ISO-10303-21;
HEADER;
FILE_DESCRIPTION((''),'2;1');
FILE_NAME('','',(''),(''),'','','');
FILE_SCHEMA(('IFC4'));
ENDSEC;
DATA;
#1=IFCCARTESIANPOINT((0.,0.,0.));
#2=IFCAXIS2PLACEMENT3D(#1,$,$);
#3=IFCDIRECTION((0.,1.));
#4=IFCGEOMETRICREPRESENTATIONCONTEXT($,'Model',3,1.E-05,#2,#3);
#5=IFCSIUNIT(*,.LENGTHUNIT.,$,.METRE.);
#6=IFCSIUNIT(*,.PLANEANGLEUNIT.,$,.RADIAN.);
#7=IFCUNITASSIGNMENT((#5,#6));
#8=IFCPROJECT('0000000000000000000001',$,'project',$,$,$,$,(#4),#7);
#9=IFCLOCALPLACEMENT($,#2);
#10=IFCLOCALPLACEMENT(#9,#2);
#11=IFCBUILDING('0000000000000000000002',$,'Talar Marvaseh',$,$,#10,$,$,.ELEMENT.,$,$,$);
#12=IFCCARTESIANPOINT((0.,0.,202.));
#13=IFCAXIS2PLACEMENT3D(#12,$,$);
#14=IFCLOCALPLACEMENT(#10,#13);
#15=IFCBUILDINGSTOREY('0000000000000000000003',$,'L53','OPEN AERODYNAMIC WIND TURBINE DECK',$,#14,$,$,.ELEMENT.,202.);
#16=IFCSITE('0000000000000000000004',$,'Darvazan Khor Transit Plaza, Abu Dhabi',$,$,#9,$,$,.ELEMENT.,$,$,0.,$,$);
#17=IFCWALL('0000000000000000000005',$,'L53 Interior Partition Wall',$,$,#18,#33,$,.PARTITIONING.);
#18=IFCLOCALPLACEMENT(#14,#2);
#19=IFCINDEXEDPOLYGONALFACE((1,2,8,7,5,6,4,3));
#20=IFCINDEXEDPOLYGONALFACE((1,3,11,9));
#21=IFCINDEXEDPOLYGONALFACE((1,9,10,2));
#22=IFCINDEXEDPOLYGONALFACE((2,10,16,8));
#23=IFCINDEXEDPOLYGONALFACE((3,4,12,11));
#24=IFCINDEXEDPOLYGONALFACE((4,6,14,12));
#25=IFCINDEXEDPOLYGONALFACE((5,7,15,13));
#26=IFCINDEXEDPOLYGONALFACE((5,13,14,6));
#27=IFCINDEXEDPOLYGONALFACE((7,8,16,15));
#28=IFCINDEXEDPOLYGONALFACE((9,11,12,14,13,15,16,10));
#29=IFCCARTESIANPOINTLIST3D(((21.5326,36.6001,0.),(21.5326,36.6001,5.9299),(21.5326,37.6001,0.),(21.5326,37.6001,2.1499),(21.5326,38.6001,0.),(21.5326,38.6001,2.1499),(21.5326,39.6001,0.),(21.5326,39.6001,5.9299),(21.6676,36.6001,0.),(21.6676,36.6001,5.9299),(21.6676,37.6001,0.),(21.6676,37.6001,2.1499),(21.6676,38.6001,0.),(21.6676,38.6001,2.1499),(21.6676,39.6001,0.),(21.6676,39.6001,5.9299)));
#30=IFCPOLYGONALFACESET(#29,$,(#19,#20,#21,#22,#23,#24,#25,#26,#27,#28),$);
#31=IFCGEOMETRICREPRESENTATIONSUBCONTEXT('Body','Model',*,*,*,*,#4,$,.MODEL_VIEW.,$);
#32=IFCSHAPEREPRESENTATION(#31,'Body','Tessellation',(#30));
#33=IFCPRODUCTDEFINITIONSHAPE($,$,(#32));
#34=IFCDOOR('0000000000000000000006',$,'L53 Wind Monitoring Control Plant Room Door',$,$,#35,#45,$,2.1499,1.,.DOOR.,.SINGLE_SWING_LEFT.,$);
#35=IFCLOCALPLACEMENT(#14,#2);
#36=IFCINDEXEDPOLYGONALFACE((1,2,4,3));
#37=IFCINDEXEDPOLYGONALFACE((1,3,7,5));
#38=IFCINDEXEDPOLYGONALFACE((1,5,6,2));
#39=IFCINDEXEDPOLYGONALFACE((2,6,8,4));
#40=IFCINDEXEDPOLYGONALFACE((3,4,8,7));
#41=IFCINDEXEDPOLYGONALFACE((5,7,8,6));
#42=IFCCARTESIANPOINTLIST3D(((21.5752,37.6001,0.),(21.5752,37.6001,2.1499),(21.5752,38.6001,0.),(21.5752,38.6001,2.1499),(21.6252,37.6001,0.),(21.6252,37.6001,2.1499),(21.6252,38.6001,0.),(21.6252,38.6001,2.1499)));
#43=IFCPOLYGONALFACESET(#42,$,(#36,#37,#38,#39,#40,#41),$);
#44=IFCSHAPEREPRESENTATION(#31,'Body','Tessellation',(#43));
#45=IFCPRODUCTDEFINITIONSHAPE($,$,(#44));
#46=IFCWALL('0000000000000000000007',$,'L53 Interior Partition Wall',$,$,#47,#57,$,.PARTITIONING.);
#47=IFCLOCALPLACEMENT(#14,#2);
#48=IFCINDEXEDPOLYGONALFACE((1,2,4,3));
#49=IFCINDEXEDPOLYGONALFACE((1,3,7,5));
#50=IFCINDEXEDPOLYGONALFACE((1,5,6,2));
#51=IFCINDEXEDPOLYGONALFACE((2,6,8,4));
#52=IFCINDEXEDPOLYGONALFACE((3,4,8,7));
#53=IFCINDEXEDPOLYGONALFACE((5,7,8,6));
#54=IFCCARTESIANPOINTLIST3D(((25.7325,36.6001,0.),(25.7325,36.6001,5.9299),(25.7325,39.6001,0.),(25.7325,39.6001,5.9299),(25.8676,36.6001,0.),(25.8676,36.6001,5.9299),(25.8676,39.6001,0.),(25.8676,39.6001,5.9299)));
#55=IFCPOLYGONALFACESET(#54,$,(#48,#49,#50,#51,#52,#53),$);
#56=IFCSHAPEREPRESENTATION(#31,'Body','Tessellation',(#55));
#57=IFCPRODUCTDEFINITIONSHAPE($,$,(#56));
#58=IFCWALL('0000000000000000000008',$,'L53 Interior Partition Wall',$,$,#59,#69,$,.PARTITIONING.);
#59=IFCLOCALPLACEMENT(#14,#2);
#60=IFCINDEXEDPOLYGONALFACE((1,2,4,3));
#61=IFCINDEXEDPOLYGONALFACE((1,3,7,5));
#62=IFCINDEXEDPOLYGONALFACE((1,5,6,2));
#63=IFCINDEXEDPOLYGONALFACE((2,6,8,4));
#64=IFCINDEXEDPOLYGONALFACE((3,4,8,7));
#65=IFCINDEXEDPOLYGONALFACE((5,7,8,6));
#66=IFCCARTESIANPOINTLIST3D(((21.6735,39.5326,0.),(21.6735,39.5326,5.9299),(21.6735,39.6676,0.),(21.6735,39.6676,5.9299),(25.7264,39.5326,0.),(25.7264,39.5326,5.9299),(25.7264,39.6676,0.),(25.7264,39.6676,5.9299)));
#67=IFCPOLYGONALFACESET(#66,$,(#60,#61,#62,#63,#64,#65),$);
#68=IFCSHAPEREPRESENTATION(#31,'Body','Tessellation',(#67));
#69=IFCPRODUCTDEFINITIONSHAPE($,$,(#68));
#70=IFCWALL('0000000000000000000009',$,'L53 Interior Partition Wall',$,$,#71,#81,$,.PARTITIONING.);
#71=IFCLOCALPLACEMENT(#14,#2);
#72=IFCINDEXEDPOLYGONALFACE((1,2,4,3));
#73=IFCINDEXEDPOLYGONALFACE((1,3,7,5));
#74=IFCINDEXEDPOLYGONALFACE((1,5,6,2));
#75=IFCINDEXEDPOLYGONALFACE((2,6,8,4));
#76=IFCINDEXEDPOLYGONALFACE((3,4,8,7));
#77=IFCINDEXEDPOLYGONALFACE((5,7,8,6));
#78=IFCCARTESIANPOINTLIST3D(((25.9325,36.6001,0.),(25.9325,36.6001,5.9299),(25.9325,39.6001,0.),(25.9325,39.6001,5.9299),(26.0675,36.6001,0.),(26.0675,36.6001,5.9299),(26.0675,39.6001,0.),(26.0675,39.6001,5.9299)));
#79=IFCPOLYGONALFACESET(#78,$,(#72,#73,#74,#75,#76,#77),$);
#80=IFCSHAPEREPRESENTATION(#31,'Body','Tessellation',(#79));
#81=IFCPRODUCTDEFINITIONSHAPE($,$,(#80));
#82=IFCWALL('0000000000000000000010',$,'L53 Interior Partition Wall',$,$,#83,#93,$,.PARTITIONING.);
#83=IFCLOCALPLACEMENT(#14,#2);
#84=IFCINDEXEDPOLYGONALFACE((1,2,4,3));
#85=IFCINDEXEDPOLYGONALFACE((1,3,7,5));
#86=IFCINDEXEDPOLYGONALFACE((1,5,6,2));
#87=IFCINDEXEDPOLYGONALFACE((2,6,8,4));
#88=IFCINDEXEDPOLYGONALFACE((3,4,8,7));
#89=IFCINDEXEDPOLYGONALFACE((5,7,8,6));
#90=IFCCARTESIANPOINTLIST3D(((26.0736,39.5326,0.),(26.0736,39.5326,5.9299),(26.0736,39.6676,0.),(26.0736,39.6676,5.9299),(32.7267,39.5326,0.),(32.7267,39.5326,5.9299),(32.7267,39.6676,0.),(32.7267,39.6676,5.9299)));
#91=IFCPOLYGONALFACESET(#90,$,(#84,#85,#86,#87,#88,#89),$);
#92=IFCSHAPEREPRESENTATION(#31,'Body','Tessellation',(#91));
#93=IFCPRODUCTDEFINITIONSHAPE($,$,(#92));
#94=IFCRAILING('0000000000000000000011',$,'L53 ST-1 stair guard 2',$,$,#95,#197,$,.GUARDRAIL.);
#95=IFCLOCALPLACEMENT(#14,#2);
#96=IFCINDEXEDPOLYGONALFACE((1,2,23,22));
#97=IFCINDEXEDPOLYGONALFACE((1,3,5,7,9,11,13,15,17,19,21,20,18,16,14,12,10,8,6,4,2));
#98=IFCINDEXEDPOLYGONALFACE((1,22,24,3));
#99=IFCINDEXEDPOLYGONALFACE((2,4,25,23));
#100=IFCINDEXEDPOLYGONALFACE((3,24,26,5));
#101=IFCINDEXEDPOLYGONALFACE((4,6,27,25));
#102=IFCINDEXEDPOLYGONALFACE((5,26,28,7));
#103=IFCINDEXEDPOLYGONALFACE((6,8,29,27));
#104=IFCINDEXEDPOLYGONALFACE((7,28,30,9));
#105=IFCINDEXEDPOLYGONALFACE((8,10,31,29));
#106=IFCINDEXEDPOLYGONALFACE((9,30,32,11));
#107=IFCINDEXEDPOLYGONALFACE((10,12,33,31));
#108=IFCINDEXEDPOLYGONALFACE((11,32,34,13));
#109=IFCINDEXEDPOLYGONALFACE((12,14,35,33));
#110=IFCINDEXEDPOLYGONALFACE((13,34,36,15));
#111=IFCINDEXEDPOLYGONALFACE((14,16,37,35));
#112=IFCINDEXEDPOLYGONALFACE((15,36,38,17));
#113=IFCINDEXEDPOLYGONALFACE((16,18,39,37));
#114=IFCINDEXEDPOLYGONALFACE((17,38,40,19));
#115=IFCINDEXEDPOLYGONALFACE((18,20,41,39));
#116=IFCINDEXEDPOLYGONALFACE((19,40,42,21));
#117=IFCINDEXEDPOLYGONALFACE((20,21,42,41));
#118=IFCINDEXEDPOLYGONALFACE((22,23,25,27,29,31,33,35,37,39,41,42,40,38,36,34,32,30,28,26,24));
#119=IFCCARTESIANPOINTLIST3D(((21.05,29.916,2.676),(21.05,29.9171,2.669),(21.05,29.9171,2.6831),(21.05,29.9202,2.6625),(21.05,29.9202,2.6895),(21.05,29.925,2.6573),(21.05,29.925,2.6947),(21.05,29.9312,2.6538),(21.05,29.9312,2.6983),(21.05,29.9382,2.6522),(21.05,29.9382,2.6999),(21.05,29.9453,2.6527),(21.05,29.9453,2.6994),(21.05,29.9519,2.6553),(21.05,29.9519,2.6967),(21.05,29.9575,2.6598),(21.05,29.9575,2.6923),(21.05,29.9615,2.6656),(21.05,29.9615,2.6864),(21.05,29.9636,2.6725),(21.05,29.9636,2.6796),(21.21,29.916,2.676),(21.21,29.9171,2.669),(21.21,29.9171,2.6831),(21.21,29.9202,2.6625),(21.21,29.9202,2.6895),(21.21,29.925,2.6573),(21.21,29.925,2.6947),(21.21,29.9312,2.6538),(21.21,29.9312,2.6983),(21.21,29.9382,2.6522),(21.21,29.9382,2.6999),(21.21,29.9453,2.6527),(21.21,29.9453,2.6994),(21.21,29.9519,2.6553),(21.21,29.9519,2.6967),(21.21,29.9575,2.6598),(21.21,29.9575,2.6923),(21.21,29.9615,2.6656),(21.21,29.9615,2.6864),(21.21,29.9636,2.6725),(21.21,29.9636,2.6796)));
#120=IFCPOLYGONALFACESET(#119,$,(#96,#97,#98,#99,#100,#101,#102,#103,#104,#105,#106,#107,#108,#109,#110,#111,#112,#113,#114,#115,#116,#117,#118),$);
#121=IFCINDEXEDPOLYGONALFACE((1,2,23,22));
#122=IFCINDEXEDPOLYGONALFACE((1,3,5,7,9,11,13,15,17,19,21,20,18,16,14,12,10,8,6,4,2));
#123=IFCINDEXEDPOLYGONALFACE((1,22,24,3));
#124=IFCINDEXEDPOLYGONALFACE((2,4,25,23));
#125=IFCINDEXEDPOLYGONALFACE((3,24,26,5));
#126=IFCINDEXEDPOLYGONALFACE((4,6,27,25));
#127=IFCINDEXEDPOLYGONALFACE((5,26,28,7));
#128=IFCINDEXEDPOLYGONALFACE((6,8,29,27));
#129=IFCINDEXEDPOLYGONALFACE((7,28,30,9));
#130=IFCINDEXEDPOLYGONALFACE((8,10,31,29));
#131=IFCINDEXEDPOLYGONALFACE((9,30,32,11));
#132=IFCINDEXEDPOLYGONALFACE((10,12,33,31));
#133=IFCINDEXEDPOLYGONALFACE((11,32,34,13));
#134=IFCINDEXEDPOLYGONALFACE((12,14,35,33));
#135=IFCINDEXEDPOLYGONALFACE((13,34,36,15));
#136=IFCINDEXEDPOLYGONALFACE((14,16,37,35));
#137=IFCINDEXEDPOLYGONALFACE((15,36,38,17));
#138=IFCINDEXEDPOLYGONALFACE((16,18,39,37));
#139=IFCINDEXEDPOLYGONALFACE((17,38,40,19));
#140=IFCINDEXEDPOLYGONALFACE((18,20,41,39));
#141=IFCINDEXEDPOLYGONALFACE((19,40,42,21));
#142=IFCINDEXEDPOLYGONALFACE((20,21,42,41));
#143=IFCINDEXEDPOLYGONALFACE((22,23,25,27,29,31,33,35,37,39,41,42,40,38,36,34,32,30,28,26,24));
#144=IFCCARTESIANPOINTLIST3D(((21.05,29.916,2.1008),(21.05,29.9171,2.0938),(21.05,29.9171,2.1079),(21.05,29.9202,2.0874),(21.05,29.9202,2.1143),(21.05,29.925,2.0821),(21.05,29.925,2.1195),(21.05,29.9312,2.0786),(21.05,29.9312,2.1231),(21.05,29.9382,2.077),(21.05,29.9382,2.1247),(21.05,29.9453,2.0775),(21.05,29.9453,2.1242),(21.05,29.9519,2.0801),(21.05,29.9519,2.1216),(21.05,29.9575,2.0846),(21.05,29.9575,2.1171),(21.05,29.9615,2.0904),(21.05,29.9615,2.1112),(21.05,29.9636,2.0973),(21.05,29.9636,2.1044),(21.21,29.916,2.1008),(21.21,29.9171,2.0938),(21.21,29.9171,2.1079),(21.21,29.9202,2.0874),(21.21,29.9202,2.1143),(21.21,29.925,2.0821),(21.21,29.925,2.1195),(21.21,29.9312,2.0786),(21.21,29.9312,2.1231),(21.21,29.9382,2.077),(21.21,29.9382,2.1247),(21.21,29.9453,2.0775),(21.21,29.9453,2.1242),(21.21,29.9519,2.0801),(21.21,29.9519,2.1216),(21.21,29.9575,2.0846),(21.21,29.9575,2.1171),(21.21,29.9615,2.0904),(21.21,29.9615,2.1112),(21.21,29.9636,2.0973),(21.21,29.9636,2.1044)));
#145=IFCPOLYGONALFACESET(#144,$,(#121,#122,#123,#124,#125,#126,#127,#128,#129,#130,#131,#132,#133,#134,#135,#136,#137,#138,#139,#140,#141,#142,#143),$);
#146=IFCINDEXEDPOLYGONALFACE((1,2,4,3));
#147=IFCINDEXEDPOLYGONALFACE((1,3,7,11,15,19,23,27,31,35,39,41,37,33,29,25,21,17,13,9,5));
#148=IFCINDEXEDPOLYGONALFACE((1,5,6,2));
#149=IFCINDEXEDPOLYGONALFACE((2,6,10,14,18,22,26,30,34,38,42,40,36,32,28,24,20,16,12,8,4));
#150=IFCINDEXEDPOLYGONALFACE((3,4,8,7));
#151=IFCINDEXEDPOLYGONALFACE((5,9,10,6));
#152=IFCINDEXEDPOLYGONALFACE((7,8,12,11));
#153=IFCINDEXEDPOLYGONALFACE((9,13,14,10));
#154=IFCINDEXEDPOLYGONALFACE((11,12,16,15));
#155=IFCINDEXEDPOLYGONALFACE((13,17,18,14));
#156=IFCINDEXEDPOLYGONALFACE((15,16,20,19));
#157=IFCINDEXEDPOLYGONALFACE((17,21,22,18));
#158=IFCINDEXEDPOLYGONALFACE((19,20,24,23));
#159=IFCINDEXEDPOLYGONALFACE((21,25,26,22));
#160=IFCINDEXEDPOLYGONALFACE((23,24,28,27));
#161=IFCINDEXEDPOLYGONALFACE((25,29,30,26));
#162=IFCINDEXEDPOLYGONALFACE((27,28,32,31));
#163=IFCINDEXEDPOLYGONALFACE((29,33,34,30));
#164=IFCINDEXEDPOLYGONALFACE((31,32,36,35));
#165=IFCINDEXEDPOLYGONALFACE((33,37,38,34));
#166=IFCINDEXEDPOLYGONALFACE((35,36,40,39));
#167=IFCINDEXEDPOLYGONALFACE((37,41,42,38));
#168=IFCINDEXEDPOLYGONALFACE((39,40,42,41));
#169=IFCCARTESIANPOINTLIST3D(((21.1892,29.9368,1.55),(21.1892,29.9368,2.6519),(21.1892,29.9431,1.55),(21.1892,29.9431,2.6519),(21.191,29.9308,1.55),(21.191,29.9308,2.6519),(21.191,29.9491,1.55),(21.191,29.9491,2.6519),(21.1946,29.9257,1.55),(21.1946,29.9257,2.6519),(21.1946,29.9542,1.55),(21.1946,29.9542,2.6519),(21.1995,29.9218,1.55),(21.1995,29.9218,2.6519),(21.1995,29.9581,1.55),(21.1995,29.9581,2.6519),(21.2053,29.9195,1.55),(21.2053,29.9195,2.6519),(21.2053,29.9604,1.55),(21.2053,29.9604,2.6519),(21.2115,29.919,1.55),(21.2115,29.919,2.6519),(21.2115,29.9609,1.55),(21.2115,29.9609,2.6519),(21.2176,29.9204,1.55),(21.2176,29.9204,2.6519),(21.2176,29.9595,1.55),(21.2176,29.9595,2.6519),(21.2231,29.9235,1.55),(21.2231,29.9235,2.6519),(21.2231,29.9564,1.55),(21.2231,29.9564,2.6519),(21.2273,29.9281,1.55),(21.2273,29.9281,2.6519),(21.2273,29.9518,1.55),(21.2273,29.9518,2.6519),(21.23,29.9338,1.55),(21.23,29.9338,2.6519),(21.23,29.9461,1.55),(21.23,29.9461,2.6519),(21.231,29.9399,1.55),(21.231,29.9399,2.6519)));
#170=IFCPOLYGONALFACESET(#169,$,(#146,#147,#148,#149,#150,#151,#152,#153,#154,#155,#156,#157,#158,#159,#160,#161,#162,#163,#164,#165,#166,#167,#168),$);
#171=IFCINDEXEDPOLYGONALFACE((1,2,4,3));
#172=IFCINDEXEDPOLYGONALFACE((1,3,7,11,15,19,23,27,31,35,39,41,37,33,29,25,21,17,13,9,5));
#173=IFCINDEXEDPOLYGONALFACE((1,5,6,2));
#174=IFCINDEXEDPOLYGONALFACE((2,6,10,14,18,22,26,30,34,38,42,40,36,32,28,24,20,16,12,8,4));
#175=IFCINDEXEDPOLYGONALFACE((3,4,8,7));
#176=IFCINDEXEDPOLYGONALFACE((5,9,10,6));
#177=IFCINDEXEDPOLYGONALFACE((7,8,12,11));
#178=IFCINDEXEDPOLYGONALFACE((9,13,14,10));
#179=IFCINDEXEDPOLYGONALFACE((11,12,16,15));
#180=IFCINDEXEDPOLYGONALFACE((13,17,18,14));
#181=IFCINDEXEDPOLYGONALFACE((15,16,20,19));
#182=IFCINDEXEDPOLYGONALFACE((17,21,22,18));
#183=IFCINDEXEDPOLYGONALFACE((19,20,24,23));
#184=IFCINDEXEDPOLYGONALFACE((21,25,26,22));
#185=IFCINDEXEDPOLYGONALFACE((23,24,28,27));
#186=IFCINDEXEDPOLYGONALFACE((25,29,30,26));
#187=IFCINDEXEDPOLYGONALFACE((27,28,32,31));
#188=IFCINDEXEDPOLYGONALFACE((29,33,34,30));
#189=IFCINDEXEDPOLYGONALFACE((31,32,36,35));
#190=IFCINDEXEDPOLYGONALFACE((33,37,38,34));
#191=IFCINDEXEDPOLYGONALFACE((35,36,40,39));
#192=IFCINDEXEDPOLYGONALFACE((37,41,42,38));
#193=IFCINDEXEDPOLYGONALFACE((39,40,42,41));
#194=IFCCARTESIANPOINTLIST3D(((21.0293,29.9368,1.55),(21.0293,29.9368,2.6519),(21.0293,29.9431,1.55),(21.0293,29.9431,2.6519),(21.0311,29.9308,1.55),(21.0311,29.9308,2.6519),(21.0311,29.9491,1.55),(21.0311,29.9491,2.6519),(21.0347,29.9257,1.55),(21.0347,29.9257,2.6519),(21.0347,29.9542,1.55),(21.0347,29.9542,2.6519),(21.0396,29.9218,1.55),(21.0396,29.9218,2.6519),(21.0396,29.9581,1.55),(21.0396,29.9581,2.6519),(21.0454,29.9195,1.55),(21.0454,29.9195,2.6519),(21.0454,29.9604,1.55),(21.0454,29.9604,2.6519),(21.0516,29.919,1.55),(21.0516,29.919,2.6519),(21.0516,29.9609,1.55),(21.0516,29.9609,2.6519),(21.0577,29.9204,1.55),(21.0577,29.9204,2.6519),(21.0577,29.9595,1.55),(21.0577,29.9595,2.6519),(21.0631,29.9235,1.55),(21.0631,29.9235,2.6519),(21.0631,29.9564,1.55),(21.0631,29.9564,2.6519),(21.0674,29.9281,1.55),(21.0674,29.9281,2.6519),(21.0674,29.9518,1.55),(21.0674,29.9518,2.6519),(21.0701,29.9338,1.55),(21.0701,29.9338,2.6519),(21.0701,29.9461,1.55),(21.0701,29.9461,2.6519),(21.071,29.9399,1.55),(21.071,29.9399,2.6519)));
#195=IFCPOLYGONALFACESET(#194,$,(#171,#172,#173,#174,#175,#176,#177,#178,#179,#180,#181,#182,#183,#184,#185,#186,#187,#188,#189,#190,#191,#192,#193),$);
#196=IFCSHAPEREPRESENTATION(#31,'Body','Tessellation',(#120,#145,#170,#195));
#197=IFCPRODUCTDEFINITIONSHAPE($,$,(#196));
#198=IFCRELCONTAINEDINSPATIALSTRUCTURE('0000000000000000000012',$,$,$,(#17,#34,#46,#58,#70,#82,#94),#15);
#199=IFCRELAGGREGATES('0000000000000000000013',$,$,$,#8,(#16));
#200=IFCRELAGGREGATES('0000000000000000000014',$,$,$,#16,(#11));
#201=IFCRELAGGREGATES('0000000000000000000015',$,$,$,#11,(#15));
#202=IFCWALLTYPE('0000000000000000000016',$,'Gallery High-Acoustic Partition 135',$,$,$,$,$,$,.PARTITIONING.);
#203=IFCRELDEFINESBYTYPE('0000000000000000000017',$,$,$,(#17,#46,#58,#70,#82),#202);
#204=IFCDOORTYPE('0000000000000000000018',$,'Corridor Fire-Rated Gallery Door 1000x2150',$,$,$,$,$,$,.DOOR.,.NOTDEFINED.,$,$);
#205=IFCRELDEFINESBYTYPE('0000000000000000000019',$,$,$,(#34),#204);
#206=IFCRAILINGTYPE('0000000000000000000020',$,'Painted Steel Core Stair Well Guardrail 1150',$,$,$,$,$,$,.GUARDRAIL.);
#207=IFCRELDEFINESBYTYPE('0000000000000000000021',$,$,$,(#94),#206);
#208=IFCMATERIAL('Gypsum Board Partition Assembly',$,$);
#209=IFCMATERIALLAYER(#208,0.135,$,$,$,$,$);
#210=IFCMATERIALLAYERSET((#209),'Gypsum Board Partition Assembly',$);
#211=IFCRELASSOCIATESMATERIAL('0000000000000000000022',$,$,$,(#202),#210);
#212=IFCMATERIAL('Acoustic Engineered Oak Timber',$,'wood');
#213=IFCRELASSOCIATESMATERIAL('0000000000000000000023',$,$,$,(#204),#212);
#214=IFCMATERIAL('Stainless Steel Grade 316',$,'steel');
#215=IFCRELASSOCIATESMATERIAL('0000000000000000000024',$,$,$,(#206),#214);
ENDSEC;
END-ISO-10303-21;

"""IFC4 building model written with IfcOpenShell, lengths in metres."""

from ifc_helpers import new_model, si_unit, direction, frame, frame_2d, origin, origin_2d, place, context, subcontext, project, spatial, rectangle, circle, extrude, source, transform, mapped, material, layer, layer_set, type_object, type_shapes, element, fill, save


model = new_model("IFC4")

# Units and contexts
model_context = context("Model", 3, precision=1e-05, world=origin(), true_north=direction((0.0, 1.0)))
body_context = subcontext(model_context, "Body", "Model", "MODEL_VIEW")
ifc_project = project(units=[si_unit("LENGTHUNIT", "METRE"), si_unit("PLANEANGLEUNIT", "RADIAN")], contexts=[model_context])

# Site, building, storey
site_placement = place(None, origin())
site = spatial("IfcSite", under=ifc_project, at=site_placement, Name="Darvazan Khor Transit Plaza, Abu Dhabi", CompositionType="ELEMENT", RefElevation=0.0)
building_placement = place(site_placement, origin())
building = spatial("IfcBuilding", under=site, at=building_placement, Name="Talar Marvaseh", CompositionType="ELEMENT")
storey_placement = place(building_placement, frame((0.0, 0.0, 202.0)))
storey = spatial("IfcBuildingStorey", under=building, at=storey_placement, Name="L53", Description="OPEN AERODYNAMIC WIND TURBINE DECK", CompositionType="ELEMENT", Elevation=202.0)

# Shared definitions
ifc_material_1 = material(Name="Stainless Steel Grade 316", Category="steel")

# Wall, opening, door
ifc_material_2 = material(Name="Gypsum Board Partition Assembly")
ifc_layer_1 = layer(ifc_material_2, 0.135)
ifc_layer_set_1 = layer_set([ifc_layer_1], Name="Gypsum Board Partition Assembly")
wall_type_1 = type_object("IfcWallType", Name="Gallery High-Acoustic Partition 135", PredefinedType="PARTITIONING", material=ifc_layer_set_1)
wall_1_placement = place(storey_placement, frame((21.6001, 36.6001, 0.0), z_axis=(0.0, 0.0, 1.0), x_axis=(0.0, 1.0, 0.0)))
wall_1 = element("IfcWall", 1, at=wall_1_placement, inside=storey, type_object=wall_type_1, Name="L53 Interior Partition Wall", PredefinedType="PARTITIONING", context=body_context, shape_type="SweptSolid", body=[
    extrude(rectangle(XDim=3.0, YDim=0.135, at=frame_2d((1.5, 0.0))), origin(), (0.0, 0.0, 1.0), 5.9299),
])
opening_1_placement = place(wall_1_placement, frame((1.0, 0.0, 0.0)))
opening_1 = element("IfcOpeningElement", 2, at=opening_1_placement, cuts=wall_1, PredefinedType="OPENING", context=body_context, shape_type="SweptSolid", body=[
    extrude(rectangle(XDim=1.0, YDim=2.1499, at=frame_2d((0.5, 1.075))), frame((0.0, 0.0776, 0.0), z_axis=(0.0, -1.0, 0.0), x_axis=(1.0, 0.0, 0.0)), (0.0, 0.0, 1.0), 0.155),
])
ifc_material_3 = material(Name="Acoustic Engineered Oak Timber", Category="wood")
door_type_1 = type_object("IfcDoorType", Name="Corridor Fire-Rated Gallery Door 1000x2150", OperationType="NOTDEFINED", PredefinedType="DOOR", material=ifc_material_3)
shared_shape_1 = source(origin(), body_context, "Body", "SweptSolid", [
    extrude(rectangle(XDim=1.0, YDim=2.1499, at=frame_2d((0.5, 1.075))), frame((0.0, 0.0249, 0.0), z_axis=(0.0, -1.0, 0.0), x_axis=(1.0, 0.0, 0.0)), (0.0, 0.0, 1.0), 0.05),
])
type_shapes(door_type_1, [shared_shape_1])
door_1_placement = place(opening_1_placement, origin())
door_1 = element("IfcDoor", 3, at=door_1_placement, inside=storey, type_object=door_type_1, Name="L53 Wind Monitoring Control Plant Room Door", OperationType="SINGLE_SWING_LEFT", OverallHeight=2.1499, OverallWidth=1.0, PredefinedType="DOOR", context=body_context, shape_type="MappedRepresentation", body=[
    mapped(shared_shape_1, transform((0.0, 0.0, 0.0), x_axis=(1.0, 0.0, 0.0), y_axis=(0.0, 1.0, 0.0), z_axis=(0.0, 0.0, 1.0), scale=1.0)),
])
fill(opening_1, door_1)

# Walls
wall_2_placement = place(storey_placement, frame((25.8, 36.6001, 0.0), z_axis=(0.0, 0.0, 1.0), x_axis=(0.0, 1.0, 0.0)))
element("IfcWall", 4, at=wall_2_placement, inside=storey, type_object=wall_type_1, Name="L53 Interior Partition Wall", PredefinedType="PARTITIONING", context=body_context, shape_type="SweptSolid", body=[
    extrude(rectangle(XDim=3.0, YDim=0.135, at=frame_2d((1.5, 0.0))), origin(), (0.0, 0.0, 1.0), 5.9299),
])
wall_3_placement = place(storey_placement, frame((21.6736, 39.6001, 0.0), z_axis=(0.0, 0.0, 1.0), x_axis=(1.0, 0.0, 0.0)))
element("IfcWall", 5, at=wall_3_placement, inside=storey, type_object=wall_type_1, Name="L53 Interior Partition Wall", PredefinedType="PARTITIONING", context=body_context, shape_type="SweptSolid", body=[
    extrude(rectangle(XDim=4.053, YDim=0.135, at=frame_2d((2.0264, 0.0))), origin(), (0.0, 0.0, 1.0), 5.9299),
])
wall_4_placement = place(storey_placement, frame((26.0, 36.6001, 0.0), z_axis=(0.0, 0.0, 1.0), x_axis=(0.0, 1.0, 0.0)))
element("IfcWall", 6, at=wall_4_placement, inside=storey, type_object=wall_type_1, Name="L53 Interior Partition Wall", PredefinedType="PARTITIONING", context=body_context, shape_type="SweptSolid", body=[
    extrude(rectangle(XDim=3.0, YDim=0.135, at=frame_2d((1.5, 0.0))), origin(), (0.0, 0.0, 1.0), 5.9299),
])
wall_5_placement = place(storey_placement, frame((26.0735, 39.6001, 0.0), z_axis=(0.0, 0.0, 1.0), x_axis=(1.0, 0.0, 0.0)))
element("IfcWall", 7, at=wall_5_placement, inside=storey, type_object=wall_type_1, Name="L53 Interior Partition Wall", PredefinedType="PARTITIONING", context=body_context, shape_type="SweptSolid", body=[
    extrude(rectangle(XDim=6.6531, YDim=0.135, at=frame_2d((3.3267, 0.0))), origin(), (0.0, 0.0, 1.0), 5.9299),
])

# Railing
railing_type_1 = type_object("IfcRailingType", Name="Painted Steel Core Stair Well Guardrail 1150", PredefinedType="GUARDRAIL", material=ifc_material_1)
railing_1_placement = place(storey_placement, frame((21.21, 29.9399, 1.55)))
element("IfcRailing", 8, at=railing_1_placement, inside=storey, type_object=railing_type_1, Name="L53 ST-1 stair guard 2", PredefinedType="GUARDRAIL", context=body_context, shape_type="SweptSolid", body=[
    extrude(circle(Radius=0.0239, at=origin_2d()), frame((0.0, 0.0, 1.126), z_axis=(-1.0, 0.0, 0.0), x_axis=(0.0, -1.0, 0.0)), (0.0, 0.0, 1.0), 0.1599),
    extrude(circle(Radius=0.0239, at=origin_2d()), frame((0.0, 0.0, 0.5508), z_axis=(-1.0, 0.0, 0.0), x_axis=(0.0, -1.0, 0.0)), (0.0, 0.0, 1.0), 0.1599),
    extrude(circle(Radius=0.021, at=origin_2d()), origin(), (0.0, 0.0, 1.0), 1.1018),
    extrude(circle(Radius=0.021, at=origin_2d()), frame((-0.1599, 0.0, 0.0)), (0.0, 0.0, 1.0), 1.1018),
])

save(model, "model.ifc")
